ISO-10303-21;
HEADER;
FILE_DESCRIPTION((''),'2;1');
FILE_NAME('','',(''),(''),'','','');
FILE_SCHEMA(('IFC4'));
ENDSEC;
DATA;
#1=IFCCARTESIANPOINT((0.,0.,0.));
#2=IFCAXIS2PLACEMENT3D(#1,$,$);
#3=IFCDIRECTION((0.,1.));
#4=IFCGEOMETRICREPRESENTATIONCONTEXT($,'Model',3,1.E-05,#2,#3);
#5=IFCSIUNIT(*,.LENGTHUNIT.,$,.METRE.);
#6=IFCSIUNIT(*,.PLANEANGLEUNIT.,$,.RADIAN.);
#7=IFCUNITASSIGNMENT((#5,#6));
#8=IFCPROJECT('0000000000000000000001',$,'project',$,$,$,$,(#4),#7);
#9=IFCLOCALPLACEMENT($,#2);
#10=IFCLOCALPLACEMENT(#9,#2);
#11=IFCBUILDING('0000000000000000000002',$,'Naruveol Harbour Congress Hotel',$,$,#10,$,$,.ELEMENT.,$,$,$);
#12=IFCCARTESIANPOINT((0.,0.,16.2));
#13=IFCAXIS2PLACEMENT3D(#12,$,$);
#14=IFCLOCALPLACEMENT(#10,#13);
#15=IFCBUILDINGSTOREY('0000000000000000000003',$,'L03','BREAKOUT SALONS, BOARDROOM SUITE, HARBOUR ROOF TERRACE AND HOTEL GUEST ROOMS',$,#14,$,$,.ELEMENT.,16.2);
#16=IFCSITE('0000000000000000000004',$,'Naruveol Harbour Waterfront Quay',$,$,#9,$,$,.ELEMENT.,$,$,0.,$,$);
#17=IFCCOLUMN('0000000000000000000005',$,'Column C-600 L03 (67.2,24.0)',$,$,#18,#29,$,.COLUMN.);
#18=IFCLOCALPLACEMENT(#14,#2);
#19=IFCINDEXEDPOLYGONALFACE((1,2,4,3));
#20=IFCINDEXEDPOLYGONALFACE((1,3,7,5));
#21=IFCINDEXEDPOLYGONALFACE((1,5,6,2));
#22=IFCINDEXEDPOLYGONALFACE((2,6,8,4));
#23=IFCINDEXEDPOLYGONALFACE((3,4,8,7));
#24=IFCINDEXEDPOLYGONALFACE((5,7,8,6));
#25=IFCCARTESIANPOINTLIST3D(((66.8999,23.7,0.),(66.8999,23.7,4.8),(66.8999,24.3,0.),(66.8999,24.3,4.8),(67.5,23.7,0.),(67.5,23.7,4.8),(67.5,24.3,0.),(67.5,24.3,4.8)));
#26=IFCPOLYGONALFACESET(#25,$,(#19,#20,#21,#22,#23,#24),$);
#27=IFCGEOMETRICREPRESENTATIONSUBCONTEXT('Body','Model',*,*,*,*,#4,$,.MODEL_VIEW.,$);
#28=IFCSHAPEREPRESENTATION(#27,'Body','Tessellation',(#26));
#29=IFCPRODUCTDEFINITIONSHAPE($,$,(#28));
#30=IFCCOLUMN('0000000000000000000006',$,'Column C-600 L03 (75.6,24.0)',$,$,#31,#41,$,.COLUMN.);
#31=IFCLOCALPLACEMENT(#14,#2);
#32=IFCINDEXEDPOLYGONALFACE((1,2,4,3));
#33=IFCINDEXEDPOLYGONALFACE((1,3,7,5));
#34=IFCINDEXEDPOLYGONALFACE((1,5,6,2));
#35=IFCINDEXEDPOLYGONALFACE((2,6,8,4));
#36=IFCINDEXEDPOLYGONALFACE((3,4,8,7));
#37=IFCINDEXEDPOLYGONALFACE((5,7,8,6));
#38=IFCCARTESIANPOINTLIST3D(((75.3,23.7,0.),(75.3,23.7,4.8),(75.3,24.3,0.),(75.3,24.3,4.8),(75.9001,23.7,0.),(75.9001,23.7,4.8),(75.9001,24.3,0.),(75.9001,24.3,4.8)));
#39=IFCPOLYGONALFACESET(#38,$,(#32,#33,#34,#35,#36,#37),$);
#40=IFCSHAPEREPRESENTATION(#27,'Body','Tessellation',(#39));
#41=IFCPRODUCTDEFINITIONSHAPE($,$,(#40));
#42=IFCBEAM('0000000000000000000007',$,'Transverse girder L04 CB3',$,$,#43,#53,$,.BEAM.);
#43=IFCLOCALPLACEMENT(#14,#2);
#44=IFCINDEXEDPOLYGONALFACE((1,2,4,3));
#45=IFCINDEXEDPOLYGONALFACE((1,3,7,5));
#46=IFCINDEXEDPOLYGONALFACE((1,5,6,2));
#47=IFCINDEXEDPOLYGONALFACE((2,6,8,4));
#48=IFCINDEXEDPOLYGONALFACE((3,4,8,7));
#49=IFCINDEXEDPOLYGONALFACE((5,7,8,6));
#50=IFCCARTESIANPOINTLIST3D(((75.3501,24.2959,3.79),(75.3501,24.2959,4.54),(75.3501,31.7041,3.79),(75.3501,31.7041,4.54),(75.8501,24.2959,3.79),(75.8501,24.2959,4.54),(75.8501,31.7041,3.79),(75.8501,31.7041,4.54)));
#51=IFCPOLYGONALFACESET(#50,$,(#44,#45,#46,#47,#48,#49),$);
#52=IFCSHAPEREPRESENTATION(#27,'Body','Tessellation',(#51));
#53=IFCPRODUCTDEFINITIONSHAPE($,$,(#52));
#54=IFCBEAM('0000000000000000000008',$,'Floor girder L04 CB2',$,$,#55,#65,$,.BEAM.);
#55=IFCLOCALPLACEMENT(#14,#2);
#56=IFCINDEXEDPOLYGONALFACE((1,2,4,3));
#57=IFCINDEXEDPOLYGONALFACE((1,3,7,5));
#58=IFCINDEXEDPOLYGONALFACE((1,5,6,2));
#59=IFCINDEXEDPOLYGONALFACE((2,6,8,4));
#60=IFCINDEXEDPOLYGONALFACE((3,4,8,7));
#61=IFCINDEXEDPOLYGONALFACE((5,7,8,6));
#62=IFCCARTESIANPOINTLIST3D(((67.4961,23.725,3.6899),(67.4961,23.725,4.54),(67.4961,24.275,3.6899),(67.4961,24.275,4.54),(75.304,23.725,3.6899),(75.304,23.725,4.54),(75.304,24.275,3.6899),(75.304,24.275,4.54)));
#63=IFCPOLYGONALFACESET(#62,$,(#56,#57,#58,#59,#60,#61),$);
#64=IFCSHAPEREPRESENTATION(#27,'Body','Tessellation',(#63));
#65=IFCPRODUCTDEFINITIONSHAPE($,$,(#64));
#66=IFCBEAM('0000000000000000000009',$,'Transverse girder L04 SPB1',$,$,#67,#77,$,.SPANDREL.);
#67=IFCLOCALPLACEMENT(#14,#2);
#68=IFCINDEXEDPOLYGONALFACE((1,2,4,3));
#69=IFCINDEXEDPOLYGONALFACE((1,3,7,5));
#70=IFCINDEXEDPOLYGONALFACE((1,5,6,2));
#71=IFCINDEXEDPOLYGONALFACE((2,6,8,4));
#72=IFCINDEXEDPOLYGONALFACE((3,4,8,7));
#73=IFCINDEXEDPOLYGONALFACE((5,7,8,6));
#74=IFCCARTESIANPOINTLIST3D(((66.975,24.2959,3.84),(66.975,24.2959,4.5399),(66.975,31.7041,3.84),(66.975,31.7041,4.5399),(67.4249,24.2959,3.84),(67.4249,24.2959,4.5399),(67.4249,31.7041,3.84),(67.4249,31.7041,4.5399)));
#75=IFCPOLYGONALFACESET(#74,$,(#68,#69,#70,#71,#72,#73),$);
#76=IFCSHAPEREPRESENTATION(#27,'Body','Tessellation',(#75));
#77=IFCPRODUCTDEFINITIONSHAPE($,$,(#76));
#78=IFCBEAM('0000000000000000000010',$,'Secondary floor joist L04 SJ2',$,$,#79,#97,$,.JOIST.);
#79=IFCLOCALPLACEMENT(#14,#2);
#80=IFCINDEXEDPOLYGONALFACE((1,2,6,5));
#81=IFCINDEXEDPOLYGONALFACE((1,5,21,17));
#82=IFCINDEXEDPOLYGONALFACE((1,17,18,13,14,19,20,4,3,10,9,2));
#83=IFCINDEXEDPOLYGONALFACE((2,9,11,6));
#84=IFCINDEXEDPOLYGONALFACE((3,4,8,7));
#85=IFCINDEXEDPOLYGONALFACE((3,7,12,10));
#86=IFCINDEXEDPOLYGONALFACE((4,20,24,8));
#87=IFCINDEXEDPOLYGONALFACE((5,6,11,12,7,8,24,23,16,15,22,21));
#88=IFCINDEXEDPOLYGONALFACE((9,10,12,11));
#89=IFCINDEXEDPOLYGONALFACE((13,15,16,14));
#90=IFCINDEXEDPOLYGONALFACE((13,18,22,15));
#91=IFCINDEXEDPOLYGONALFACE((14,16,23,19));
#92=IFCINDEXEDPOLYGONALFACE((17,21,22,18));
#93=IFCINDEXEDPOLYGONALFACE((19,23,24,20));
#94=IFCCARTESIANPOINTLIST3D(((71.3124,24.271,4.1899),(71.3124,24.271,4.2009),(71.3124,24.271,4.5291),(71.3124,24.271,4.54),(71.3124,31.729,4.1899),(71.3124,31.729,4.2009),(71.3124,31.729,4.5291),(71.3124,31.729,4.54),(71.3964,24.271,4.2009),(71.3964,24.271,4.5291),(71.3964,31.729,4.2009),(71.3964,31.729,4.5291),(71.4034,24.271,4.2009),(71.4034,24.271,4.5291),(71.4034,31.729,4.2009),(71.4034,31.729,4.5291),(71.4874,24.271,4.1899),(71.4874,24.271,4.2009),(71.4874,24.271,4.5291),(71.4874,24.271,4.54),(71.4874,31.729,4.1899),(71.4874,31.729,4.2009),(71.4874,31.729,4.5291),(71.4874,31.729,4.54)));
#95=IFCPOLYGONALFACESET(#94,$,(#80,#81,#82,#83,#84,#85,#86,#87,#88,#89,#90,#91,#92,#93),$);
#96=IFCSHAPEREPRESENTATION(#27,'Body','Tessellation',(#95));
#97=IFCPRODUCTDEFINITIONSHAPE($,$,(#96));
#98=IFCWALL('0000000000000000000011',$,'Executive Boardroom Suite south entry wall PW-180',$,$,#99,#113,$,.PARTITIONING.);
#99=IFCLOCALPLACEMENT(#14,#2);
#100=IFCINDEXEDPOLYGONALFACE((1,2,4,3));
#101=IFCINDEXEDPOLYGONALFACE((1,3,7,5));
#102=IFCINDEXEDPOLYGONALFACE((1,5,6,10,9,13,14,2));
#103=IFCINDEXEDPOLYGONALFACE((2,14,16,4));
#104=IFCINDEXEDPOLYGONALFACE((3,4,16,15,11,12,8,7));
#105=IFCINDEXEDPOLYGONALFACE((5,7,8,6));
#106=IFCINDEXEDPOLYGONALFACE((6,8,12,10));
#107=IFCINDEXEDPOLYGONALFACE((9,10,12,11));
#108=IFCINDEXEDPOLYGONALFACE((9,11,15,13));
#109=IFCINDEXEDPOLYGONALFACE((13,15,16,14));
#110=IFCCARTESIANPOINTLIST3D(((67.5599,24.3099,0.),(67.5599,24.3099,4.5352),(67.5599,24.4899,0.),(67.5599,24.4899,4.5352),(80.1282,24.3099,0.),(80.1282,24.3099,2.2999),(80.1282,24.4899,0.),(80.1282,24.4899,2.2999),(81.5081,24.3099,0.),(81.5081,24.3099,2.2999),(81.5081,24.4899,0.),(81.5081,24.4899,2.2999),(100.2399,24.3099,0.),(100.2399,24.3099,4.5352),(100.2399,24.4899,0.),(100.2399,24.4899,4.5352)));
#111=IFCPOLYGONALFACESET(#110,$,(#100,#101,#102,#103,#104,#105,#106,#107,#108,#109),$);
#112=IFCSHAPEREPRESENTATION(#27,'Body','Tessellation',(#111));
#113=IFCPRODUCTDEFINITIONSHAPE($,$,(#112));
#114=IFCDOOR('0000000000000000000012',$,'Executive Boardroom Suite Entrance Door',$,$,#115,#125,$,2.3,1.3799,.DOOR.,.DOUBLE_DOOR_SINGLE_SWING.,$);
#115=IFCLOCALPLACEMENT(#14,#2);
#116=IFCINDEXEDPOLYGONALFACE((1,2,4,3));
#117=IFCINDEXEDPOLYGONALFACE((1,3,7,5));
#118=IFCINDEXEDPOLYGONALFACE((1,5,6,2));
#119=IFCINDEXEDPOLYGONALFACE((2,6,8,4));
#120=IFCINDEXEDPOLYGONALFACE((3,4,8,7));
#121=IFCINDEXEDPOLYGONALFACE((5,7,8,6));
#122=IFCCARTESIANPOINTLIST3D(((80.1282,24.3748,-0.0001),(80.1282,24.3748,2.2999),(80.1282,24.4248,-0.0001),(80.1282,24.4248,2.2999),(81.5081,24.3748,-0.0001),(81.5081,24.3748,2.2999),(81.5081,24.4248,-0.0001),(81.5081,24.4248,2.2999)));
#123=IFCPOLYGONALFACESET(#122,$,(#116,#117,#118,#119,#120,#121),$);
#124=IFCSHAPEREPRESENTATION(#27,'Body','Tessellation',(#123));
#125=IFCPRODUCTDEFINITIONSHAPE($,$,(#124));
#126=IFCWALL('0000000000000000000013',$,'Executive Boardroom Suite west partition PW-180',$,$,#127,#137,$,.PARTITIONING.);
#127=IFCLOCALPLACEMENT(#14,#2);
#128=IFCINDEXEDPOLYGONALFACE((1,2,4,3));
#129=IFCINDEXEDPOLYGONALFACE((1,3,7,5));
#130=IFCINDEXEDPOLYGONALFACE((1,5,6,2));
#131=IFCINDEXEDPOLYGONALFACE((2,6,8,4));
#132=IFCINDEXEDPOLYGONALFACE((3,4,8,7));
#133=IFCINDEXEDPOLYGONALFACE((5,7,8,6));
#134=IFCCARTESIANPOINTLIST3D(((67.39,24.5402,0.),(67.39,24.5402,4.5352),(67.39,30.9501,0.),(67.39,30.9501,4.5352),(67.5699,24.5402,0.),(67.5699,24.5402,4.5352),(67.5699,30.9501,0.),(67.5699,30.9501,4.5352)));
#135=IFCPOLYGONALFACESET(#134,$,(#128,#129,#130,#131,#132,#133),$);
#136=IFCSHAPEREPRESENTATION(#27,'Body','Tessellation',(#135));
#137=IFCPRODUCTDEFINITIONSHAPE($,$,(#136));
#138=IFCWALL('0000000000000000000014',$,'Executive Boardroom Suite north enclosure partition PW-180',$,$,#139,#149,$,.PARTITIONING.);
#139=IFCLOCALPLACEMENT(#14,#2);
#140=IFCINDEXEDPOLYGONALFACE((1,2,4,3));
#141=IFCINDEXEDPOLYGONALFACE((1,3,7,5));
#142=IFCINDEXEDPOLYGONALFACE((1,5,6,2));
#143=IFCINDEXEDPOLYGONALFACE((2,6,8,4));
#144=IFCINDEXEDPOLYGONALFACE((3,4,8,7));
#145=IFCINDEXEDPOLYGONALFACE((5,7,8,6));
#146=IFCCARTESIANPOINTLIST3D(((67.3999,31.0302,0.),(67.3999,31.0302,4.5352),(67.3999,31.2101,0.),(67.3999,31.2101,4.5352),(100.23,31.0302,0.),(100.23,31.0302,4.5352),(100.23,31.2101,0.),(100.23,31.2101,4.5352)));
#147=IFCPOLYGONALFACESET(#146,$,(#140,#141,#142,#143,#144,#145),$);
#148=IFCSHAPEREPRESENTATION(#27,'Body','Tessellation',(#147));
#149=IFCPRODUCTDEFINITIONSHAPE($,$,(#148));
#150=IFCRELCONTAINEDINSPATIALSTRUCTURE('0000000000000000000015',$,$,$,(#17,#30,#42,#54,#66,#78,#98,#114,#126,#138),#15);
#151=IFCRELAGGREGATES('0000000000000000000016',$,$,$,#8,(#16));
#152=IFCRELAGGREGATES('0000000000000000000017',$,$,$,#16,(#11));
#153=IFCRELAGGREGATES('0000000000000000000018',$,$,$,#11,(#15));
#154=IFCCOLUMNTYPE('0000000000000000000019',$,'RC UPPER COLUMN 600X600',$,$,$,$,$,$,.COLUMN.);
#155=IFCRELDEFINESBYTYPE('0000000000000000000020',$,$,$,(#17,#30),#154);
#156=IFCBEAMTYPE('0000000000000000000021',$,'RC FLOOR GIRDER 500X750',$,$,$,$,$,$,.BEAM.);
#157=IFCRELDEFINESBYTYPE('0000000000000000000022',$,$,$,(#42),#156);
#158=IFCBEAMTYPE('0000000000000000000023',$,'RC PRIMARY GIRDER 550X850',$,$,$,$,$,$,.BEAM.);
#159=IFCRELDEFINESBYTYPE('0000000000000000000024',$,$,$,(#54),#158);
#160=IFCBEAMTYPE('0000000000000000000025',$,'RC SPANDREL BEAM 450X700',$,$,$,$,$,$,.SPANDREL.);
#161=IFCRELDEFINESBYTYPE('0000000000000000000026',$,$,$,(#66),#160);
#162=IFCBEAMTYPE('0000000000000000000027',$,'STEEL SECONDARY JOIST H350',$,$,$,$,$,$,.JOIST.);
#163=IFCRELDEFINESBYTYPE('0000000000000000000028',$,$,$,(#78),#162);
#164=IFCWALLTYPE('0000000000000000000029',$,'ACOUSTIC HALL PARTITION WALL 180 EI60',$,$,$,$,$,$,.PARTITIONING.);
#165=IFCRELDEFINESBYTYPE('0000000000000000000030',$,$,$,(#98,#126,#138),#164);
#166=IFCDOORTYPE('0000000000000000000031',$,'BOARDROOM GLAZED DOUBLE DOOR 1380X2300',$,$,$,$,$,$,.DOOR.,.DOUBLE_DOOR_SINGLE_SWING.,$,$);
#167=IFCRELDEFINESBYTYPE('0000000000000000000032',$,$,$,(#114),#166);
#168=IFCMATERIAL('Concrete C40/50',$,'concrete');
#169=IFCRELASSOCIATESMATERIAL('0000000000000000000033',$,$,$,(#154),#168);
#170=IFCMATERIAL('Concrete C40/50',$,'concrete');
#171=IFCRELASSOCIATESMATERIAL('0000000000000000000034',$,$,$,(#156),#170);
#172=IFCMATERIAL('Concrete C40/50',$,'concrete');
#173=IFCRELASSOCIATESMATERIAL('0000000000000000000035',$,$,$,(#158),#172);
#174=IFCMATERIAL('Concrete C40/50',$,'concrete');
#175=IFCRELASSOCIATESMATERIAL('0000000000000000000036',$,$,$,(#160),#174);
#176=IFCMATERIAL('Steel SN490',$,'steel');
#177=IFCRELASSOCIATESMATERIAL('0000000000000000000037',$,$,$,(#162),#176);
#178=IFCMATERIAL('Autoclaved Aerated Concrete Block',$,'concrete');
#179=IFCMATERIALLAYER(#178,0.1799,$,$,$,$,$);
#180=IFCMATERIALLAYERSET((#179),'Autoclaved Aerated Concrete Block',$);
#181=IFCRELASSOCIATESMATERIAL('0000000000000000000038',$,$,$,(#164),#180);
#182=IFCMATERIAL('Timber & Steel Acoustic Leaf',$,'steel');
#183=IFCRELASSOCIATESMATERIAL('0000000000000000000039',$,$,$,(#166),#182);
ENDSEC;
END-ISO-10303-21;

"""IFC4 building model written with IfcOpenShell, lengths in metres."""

from ifc_helpers import new_model, si_unit, direction, frame, frame_2d, origin, origin_2d, place, context, subcontext, project, spatial, rectangle, i_section, extrude, material, layer, layer_set, material_profile, profile_set, type_object, element, fill, save


model = new_model("IFC4")

# Units and contexts
model_context = context("Model", 3, precision=1e-05, world=origin(), true_north=direction((0.0, 1.0)))
body_context = subcontext(model_context, "Body", "Model", "MODEL_VIEW")
ifc_project = project(units=[si_unit("LENGTHUNIT", "METRE"), si_unit("PLANEANGLEUNIT", "RADIAN")], contexts=[model_context])

# Site, building, storey
site_placement = place(None, origin())
site = spatial("IfcSite", under=ifc_project, at=site_placement, Name="Naruveol Harbour Waterfront Quay", CompositionType="ELEMENT", RefElevation=0.0)
building_placement = place(site_placement, origin())
building = spatial("IfcBuilding", under=site, at=building_placement, Name="Naruveol Harbour Congress Hotel", CompositionType="ELEMENT")
storey_placement = place(building_placement, frame((0.0, 0.0, 16.2)))
storey = spatial("IfcBuildingStorey", under=building, at=storey_placement, Name="L03", Description="BREAKOUT SALONS, BOARDROOM SUITE, HARBOUR ROOF TERRACE AND HOTEL GUEST ROOMS", CompositionType="ELEMENT", Elevation=16.2)

# Columns
ifc_material_1 = material(Name="Concrete C40/50", Category="concrete")
ifc_material_profile_1 = material_profile(ifc_material_1, rectangle(XDim=0.6001, YDim=0.6001, at=origin_2d()), Name="RC-600x600")
ifc_profile_set_1 = profile_set([ifc_material_profile_1], Name="Concrete C40/50")
column_type = type_object("IfcColumnType", Name="RC UPPER COLUMN 600X600", PredefinedType="COLUMN", material=ifc_profile_set_1)
for number, where, z_axis, x_axis, name in (
    (1, (67.2, 24.0, 0.0), (0.0, 0.0, 1.0), (1.0, 0.0, 0.0), "Column C-600 L03 (67.2,24.0)"),
    (2, (75.6001, 24.0, 0.0), (0.0, 0.0, 1.0), (1.0, 0.0, 0.0), "Column C-600 L03 (75.6,24.0)"),
):
    element("IfcColumn", number, at=place(storey_placement, frame(where, z_axis=z_axis, x_axis=x_axis)), inside=storey, type_object=column_type, Name=name, PredefinedType="COLUMN", context=body_context, shape_type="SweptSolid", body=[
        extrude(rectangle(XDim=0.6001, YDim=0.6001, at=origin_2d()), origin(), (0.0, 0.0, 1.0), 4.8),
    ])

# Beams
ifc_material_2 = material(Name="Concrete C40/50", Category="concrete")
ifc_material_profile_2 = material_profile(ifc_material_2, rectangle(XDim=0.5, YDim=0.75, at=origin_2d()), Name="RCB-500x750")
ifc_profile_set_2 = profile_set([ifc_material_profile_2], Name="Concrete C40/50")
beam_type_1 = type_object("IfcBeamType", Name="RC FLOOR GIRDER 500X750", PredefinedType="BEAM", material=ifc_profile_set_2)
beam_1_placement = place(storey_placement, frame((75.6001, 24.2959, 4.165), z_axis=(0.0, 1.0, 0.0), x_axis=(-1.0, 0.0, 0.0)))
element("IfcBeam", 3, at=beam_1_placement, inside=storey, type_object=beam_type_1, Name="Transverse girder L04 CB3", PredefinedType="BEAM", context=body_context, shape_type="SweptSolid", body=[
    extrude(rectangle(XDim=0.5, YDim=0.75, at=origin_2d()), origin(), (0.0, 0.0, 1.0), 7.4082),
])
ifc_material_3 = material(Name="Concrete C40/50", Category="concrete")
ifc_material_profile_3 = material_profile(ifc_material_3, rectangle(XDim=0.55, YDim=0.8501, at=origin_2d()), Name="RCB-550x850")
ifc_profile_set_3 = profile_set([ifc_material_profile_3], Name="Concrete C40/50")
beam_type_2 = type_object("IfcBeamType", Name="RC PRIMARY GIRDER 550X850", PredefinedType="BEAM", material=ifc_profile_set_3)
beam_2_placement = place(storey_placement, frame((67.4961, 24.0, 4.115), z_axis=(1.0, 0.0, 0.0), x_axis=(0.0, 1.0, 0.0)))
element("IfcBeam", 4, at=beam_2_placement, inside=storey, type_object=beam_type_2, Name="Floor girder L04 CB2", PredefinedType="BEAM", context=body_context, shape_type="SweptSolid", body=[
    extrude(rectangle(XDim=0.55, YDim=0.8501, at=origin_2d()), origin(), (0.0, 0.0, 1.0), 7.8079),
])
ifc_material_4 = material(Name="Concrete C40/50", Category="concrete")
ifc_material_profile_4 = material_profile(ifc_material_4, rectangle(XDim=0.45, YDim=0.7, at=origin_2d()), Name="RCB-450x700")
ifc_profile_set_4 = profile_set([ifc_material_profile_4], Name="Concrete C40/50")
beam_type_3 = type_object("IfcBeamType", Name="RC SPANDREL BEAM 450X700", PredefinedType="SPANDREL", material=ifc_profile_set_4)
beam_3_placement = place(storey_placement, frame((67.2, 24.2959, 4.1899), z_axis=(0.0, 1.0, 0.0), x_axis=(-1.0, 0.0, 0.0)))
element("IfcBeam", 5, at=beam_3_placement, inside=storey, type_object=beam_type_3, Name="Transverse girder L04 SPB1", PredefinedType="SPANDREL", context=body_context, shape_type="SweptSolid", body=[
    extrude(rectangle(XDim=0.45, YDim=0.7, at=origin_2d()), origin(), (0.0, 0.0, 1.0), 7.4082),
])
ifc_material_5 = material(Name="Steel SN490", Category="steel")
ifc_material_profile_5 = material_profile(ifc_material_5, i_section(OverallWidth=0.175, OverallDepth=0.3501, WebThickness=0.0071, FlangeThickness=0.011, at=origin_2d()), Name="H-350x175x7x11")
ifc_profile_set_5 = profile_set([ifc_material_profile_5], Name="Steel SN490")
beam_type_4 = type_object("IfcBeamType", Name="STEEL SECONDARY JOIST H350", PredefinedType="JOIST", material=ifc_profile_set_5)
beam_4_placement = place(storey_placement, frame((71.3999, 24.271, 4.365), z_axis=(0.0, 1.0, 0.0), x_axis=(-1.0, 0.0, 0.0)))
element("IfcBeam", 6, at=beam_4_placement, inside=storey, type_object=beam_type_4, Name="Secondary floor joist L04 SJ2", PredefinedType="JOIST", context=body_context, shape_type="SweptSolid", body=[
    extrude(i_section(OverallWidth=0.175, OverallDepth=0.3501, WebThickness=0.0071, FlangeThickness=0.011, at=origin_2d()), origin(), (0.0, 0.0, 1.0), 7.458),
])

# Wall, opening, door
ifc_material_6 = material(Name="Autoclaved Aerated Concrete Block", Category="concrete")
ifc_layer_1 = layer(ifc_material_6, 0.1799)
ifc_layer_set_1 = layer_set([ifc_layer_1], Name="Autoclaved Aerated Concrete Block")
wall_type_1 = type_object("IfcWallType", Name="ACOUSTIC HALL PARTITION WALL 180 EI60", PredefinedType="PARTITIONING", material=ifc_layer_set_1)
wall_1_placement = place(storey_placement, frame((67.5601, 24.3999, 0.0), z_axis=(0.0, 0.0, 1.0), x_axis=(1.0, 0.0, 0.0)))
wall_1 = element("IfcWall", 7, at=wall_1_placement, inside=storey, type_object=wall_type_1, Name="Executive Boardroom Suite south entry wall PW-180", PredefinedType="PARTITIONING", context=body_context, shape_type="SweptSolid", body=[
    extrude(rectangle(XDim=32.6799, YDim=0.1799, at=frame_2d((16.3398, 0.0))), origin(), (0.0, 0.0, 1.0), 4.5352),
])
opening_1_placement = place(wall_1_placement, frame((12.5681, 0.0, 0.0)))
opening_1 = element("IfcOpeningElement", 8, at=opening_1_placement, cuts=wall_1, PredefinedType="OPENING", context=body_context, shape_type="SweptSolid", body=[
    extrude(rectangle(XDim=1.3799, YDim=2.3, at=frame_2d((0.6899, 1.1499))), frame((0.0, 0.0999, 0.0), z_axis=(0.0, -1.0, 0.0), x_axis=(1.0, 0.0, 0.0)), (0.0, 0.0, 1.0), 0.2),
])
ifc_material_7 = material(Name="Timber & Steel Acoustic Leaf", Category="steel")
door_type_1 = type_object("IfcDoorType", Name="BOARDROOM GLAZED DOUBLE DOOR 1380X2300", OperationType="DOUBLE_DOOR_SINGLE_SWING", PredefinedType="DOOR", material=ifc_material_7)
door_1_placement = place(opening_1_placement, origin())
door_1 = element("IfcDoor", 9, at=door_1_placement, inside=storey, type_object=door_type_1, Name="Executive Boardroom Suite Entrance Door", OperationType="DOUBLE_DOOR_SINGLE_SWING", OverallHeight=2.3, OverallWidth=1.3799, PredefinedType="DOOR", context=body_context, shape_type="SweptSolid", body=[
    extrude(rectangle(XDim=1.3799, YDim=2.3, at=frame_2d((0.6899, 1.1499))), frame((0.0, 0.0249, 0.0), z_axis=(0.0, -1.0, 0.0), x_axis=(1.0, 0.0, 0.0)), (0.0, 0.0, 1.0), 0.05),
])
fill(opening_1, door_1)

# Walls
wall_2_placement = place(storey_placement, frame((67.48, 24.54, 0.0), z_axis=(0.0, 0.0, 1.0), x_axis=(0.0, 1.0, 0.0)))
element("IfcWall", 10, at=wall_2_placement, inside=storey, type_object=wall_type_1, Name="Executive Boardroom Suite west partition PW-180", PredefinedType="PARTITIONING", context=body_context, shape_type="SweptSolid", body=[
    extrude(rectangle(XDim=6.4099, YDim=0.1799, at=frame_2d((3.2051, 0.0))), origin(), (0.0, 0.0, 1.0), 4.5352),
])
wall_3_placement = place(storey_placement, frame((67.3999, 31.1201, 0.0), z_axis=(0.0, 0.0, 1.0), x_axis=(1.0, 0.0, 0.0)))
element("IfcWall", 11, at=wall_3_placement, inside=storey, type_object=wall_type_1, Name="Executive Boardroom Suite north enclosure partition PW-180", PredefinedType="PARTITIONING", context=body_context, shape_type="SweptSolid", body=[
    extrude(rectangle(XDim=32.8301, YDim=0.1799, at=frame_2d((16.415, 0.0))), origin(), (0.0, 0.0, 1.0), 4.5352),
])

save(model, "model.ifc")
